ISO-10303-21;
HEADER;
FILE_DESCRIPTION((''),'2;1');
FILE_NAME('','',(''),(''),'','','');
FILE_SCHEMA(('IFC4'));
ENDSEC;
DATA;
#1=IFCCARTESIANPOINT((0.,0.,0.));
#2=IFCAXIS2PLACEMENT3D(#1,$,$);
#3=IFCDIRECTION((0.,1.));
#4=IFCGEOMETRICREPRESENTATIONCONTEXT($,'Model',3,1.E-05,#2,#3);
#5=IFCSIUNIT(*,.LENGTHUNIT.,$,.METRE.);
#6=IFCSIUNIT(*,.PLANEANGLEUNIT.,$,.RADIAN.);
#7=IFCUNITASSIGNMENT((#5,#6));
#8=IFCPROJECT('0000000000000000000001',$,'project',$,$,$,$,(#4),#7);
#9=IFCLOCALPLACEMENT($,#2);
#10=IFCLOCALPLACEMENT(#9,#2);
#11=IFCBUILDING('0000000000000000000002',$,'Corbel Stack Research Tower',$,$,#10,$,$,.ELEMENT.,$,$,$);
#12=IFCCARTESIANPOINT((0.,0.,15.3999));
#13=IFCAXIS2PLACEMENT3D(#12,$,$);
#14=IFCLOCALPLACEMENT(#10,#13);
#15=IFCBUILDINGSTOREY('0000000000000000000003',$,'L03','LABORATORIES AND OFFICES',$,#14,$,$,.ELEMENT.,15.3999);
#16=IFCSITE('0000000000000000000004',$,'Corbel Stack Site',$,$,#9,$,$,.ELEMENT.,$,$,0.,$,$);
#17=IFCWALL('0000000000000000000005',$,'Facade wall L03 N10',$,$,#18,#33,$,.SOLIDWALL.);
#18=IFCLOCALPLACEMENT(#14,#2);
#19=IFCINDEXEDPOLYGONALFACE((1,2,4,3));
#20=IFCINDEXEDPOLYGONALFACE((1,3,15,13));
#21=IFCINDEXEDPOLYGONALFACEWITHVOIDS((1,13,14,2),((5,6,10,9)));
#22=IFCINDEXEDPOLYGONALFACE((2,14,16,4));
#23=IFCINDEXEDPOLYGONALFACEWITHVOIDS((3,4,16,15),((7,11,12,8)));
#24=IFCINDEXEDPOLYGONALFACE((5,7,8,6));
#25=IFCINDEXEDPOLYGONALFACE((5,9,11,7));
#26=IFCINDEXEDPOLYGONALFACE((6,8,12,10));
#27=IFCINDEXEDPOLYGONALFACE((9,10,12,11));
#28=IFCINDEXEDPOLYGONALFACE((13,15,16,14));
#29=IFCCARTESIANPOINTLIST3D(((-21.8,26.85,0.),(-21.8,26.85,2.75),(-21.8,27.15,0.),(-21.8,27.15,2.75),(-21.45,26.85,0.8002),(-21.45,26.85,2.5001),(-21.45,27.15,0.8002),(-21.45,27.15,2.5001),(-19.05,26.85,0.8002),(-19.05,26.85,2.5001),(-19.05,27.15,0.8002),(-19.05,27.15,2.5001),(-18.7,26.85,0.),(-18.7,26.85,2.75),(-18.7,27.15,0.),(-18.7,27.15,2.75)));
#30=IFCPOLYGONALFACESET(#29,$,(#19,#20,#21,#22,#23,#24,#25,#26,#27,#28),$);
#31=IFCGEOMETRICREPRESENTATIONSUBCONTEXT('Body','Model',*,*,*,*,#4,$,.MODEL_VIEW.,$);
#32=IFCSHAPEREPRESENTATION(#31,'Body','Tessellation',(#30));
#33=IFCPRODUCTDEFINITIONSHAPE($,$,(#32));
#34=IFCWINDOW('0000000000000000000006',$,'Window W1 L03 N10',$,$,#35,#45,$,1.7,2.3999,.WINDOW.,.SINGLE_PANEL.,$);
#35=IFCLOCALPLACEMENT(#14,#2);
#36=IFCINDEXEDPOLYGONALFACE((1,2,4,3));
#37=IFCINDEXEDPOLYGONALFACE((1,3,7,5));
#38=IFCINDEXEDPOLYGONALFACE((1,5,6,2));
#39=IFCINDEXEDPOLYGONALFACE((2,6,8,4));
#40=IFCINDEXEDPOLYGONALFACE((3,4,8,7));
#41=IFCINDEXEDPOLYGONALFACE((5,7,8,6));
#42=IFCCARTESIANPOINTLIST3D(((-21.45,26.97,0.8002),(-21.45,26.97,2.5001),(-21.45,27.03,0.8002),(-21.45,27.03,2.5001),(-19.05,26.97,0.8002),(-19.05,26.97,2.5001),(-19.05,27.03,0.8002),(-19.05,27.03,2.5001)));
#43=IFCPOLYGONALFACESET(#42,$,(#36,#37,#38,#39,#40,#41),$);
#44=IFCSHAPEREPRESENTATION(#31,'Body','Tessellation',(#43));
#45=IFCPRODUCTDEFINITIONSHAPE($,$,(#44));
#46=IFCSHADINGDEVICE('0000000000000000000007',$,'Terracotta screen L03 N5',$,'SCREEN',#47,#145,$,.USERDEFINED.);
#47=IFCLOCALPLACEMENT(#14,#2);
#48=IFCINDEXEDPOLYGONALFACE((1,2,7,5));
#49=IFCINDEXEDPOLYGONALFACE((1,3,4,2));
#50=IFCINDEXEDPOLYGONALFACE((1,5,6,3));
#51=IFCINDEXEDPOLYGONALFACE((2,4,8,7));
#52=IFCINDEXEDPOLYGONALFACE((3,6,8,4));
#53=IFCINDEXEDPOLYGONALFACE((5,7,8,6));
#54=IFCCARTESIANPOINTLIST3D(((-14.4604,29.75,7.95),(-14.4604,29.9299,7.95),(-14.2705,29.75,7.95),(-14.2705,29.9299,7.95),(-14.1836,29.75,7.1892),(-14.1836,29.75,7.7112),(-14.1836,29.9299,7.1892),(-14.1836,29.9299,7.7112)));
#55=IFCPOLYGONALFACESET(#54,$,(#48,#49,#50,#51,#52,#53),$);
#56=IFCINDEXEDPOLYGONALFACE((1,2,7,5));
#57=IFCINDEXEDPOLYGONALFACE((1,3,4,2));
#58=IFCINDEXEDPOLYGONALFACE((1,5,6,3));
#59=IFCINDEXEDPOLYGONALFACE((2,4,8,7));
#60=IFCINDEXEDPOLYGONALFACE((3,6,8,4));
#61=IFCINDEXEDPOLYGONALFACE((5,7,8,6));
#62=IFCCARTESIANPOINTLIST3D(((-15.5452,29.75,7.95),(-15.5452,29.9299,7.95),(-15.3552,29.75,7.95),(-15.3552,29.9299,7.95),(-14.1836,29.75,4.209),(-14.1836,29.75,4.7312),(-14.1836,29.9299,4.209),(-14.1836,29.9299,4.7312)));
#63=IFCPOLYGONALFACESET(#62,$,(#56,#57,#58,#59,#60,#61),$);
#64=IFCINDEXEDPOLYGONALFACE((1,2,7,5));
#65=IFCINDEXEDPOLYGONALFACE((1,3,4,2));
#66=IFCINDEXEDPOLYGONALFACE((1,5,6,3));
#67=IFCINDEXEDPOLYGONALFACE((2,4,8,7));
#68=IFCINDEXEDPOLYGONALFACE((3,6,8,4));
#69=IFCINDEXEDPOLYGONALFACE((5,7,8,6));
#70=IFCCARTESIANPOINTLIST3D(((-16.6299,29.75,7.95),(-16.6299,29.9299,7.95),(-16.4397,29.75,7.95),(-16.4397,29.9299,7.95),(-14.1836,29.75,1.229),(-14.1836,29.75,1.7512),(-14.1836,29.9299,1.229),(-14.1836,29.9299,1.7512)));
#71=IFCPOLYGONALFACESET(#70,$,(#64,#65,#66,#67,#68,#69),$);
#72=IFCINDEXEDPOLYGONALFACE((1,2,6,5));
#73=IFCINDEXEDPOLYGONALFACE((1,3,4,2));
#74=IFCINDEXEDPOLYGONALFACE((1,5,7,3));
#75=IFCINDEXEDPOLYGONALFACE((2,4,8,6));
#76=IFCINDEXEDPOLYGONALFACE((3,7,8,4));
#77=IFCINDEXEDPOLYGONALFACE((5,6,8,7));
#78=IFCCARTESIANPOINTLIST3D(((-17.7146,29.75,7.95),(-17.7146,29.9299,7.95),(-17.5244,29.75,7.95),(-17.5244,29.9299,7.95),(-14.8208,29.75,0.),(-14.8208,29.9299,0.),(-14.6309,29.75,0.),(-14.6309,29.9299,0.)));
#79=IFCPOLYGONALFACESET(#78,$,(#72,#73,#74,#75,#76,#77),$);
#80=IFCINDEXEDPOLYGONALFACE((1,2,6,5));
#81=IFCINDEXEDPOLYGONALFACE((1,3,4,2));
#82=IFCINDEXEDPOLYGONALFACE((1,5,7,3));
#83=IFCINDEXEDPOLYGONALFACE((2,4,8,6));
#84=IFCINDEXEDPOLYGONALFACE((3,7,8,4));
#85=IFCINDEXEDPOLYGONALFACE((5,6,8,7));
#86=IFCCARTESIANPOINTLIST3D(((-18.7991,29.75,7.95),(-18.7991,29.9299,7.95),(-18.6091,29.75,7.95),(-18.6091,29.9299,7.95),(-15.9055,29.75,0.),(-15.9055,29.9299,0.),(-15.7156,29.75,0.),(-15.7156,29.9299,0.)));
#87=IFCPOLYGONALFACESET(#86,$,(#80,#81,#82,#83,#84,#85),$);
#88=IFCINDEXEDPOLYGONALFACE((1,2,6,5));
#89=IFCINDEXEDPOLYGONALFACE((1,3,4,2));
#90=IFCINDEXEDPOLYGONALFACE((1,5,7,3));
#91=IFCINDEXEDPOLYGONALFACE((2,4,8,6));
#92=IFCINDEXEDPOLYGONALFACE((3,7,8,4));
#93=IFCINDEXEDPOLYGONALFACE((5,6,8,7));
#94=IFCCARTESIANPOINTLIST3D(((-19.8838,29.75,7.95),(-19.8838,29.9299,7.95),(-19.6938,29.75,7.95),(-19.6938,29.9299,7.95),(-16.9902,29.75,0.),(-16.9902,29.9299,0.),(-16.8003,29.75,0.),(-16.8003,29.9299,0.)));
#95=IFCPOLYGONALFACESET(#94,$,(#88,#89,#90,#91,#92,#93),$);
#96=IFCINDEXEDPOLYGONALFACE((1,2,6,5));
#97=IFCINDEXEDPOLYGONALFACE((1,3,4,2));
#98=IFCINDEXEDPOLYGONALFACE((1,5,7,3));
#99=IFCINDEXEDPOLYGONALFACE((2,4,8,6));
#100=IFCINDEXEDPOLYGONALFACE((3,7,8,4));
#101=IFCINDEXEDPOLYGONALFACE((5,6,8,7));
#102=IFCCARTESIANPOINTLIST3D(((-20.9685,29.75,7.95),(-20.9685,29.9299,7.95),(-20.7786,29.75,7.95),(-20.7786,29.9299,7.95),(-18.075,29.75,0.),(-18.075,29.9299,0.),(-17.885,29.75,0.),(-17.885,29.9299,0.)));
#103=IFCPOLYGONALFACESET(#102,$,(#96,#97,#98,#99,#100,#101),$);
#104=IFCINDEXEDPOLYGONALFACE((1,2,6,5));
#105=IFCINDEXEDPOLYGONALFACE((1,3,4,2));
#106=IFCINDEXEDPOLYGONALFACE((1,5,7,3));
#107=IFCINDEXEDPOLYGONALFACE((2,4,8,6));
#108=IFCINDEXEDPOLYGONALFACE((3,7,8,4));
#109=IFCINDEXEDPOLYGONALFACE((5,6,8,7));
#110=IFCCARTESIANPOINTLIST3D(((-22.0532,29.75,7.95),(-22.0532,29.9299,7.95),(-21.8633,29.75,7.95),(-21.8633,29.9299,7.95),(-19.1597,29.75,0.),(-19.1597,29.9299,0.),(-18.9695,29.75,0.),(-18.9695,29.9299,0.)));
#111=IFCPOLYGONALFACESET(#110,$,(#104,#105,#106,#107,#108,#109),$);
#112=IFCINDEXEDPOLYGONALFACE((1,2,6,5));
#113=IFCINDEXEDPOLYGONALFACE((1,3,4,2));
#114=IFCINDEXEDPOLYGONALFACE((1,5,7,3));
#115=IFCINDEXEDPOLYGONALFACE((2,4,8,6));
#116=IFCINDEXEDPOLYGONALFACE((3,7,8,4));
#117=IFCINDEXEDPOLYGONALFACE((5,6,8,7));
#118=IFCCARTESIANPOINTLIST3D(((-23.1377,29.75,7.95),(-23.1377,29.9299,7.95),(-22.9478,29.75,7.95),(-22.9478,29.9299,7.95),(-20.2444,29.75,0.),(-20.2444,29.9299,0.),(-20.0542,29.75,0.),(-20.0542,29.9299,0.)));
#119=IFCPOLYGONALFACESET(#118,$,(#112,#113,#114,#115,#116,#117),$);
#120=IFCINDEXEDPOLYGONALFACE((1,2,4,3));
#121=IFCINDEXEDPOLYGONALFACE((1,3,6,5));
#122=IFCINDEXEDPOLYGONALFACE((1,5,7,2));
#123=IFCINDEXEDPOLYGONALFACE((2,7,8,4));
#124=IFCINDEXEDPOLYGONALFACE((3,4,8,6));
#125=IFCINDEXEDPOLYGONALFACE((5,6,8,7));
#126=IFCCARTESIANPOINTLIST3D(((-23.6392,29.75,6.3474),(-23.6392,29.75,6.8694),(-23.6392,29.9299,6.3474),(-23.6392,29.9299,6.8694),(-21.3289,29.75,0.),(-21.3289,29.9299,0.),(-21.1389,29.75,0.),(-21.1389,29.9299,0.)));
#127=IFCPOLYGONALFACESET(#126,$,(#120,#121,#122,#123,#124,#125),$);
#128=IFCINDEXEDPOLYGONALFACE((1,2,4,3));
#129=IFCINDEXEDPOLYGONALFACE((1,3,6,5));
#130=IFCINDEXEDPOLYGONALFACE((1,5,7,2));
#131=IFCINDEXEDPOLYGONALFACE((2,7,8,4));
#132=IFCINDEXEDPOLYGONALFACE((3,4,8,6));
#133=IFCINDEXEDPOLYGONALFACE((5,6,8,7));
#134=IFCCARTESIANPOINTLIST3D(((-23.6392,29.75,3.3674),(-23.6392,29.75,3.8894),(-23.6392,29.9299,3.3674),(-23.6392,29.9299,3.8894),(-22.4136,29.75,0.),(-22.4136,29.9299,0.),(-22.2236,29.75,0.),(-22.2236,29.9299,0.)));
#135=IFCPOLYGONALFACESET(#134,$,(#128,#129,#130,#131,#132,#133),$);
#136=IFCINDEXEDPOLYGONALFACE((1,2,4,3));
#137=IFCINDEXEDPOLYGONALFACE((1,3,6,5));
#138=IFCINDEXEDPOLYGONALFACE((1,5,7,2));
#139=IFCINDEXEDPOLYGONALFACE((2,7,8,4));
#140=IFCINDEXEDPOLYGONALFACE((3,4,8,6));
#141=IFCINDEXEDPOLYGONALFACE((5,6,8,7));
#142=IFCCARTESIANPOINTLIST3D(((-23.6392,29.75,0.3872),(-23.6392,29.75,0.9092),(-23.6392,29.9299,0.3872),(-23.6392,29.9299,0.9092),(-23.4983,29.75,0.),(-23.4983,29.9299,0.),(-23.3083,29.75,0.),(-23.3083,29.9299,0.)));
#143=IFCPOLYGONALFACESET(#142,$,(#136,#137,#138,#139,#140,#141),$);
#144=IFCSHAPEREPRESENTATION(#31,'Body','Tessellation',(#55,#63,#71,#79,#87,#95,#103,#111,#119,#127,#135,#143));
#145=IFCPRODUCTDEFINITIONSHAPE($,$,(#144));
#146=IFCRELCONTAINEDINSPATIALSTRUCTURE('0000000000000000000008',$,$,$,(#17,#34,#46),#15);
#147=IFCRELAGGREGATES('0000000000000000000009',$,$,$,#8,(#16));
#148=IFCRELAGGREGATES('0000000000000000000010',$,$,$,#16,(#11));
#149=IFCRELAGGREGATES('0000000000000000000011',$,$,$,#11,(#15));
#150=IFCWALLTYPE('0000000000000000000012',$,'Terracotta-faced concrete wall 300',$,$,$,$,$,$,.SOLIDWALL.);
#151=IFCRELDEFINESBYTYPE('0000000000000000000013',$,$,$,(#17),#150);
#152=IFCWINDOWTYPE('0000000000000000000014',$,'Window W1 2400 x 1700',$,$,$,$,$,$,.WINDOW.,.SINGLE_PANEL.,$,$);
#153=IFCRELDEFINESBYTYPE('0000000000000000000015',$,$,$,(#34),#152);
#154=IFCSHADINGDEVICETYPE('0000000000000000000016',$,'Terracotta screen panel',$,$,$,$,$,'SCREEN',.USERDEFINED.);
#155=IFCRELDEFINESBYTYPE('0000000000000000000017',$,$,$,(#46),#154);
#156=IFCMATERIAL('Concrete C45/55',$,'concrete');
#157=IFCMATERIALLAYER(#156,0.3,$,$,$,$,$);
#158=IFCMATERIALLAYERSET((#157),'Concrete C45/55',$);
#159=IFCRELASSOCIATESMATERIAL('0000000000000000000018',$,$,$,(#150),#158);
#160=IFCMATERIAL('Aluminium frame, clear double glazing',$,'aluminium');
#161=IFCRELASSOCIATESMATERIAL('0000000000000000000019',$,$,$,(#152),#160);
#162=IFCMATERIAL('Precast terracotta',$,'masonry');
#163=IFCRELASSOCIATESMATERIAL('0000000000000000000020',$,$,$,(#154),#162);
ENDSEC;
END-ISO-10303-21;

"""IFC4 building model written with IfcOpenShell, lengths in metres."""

from ifc_helpers import new_model, si_unit, direction, frame, frame_2d, origin, place, context, subcontext, project, spatial, polyline, rectangle, outline, extrude, source, transform, mapped, material, layer, layer_set, type_object, element, fill, save


model = new_model("IFC4")

# Units and contexts
model_context = context("Model", 3, precision=1e-05, world=origin(), true_north=direction((0.0, 1.0)))
body_context = subcontext(model_context, "Body", "Model", "MODEL_VIEW")
ifc_project = project(units=[si_unit("LENGTHUNIT", "METRE"), si_unit("PLANEANGLEUNIT", "RADIAN")], contexts=[model_context])

# Site, building, storey
site_placement = place(None, origin())
site = spatial("IfcSite", under=ifc_project, at=site_placement, Name="Corbel Stack Site", CompositionType="ELEMENT", RefElevation=0.0)
building_placement = place(site_placement, origin())
building = spatial("IfcBuilding", under=site, at=building_placement, Name="Corbel Stack Research Tower", CompositionType="ELEMENT")
storey_placement = place(building_placement, frame((0.0, 0.0, 15.3999)))
storey = spatial("IfcBuildingStorey", under=building, at=storey_placement, Name="L03", Description="LABORATORIES AND OFFICES", CompositionType="ELEMENT", Elevation=15.3999)

# Shared definitions
ifc_material_1 = material(Name="Concrete C45/55", Category="concrete")
ifc_layer_1 = layer(ifc_material_1, 0.3)
ifc_layer_set_1 = layer_set([ifc_layer_1], Name="Concrete C45/55")
wall_type_1 = type_object("IfcWallType", Name="Terracotta-faced concrete wall 300", PredefinedType="SOLIDWALL", material=ifc_layer_set_1)
ifc_material_2 = material(Name="Aluminium frame, clear double glazing", Category="aluminium")
window_type = type_object("IfcWindowType", Name="Window W1 2400 x 1700", PartitioningType="SINGLE_PANEL", PredefinedType="WINDOW", material=ifc_material_2)

# Wall, opening, window
wall_1_placement = place(storey_placement, frame((-21.8, 27.0, 0.0), z_axis=(0.0, 0.0, 1.0), x_axis=(1.0, 0.0, 0.0)))
wall_1 = element("IfcWall", 1, at=wall_1_placement, inside=storey, type_object=wall_type_1, Name="Facade wall L03 N10", PredefinedType="SOLIDWALL", context=body_context, shape_type="SweptSolid", body=[
    extrude(rectangle(XDim=3.1001, YDim=0.3, at=frame_2d((1.55, 0.0))), origin(), (0.0, 0.0, 1.0), 2.75),
])
opening_1_placement = place(wall_1_placement, frame((0.3501, 0.0, 0.8)))
opening_1 = element("IfcOpeningElement", 2, at=opening_1_placement, cuts=wall_1, PredefinedType="OPENING", context=body_context, shape_type="SweptSolid", body=[
    extrude(rectangle(XDim=2.3999, YDim=1.7, at=frame_2d((1.2, 0.8501))), frame((0.0, 0.1599, 0.0), z_axis=(0.0, -1.0, 0.0), x_axis=(1.0, 0.0, 0.0)), (0.0, 0.0, 1.0), 0.3201),
])
window_1_placement = place(opening_1_placement, origin())
window_1 = element("IfcWindow", 3, at=window_1_placement, inside=storey, type_object=window_type, Name="Window W1 L03 N10", OverallHeight=1.7, OverallWidth=2.3999, PartitioningType="SINGLE_PANEL", PredefinedType="WINDOW", context=body_context, shape_type="SweptSolid", body=[
    extrude(rectangle(XDim=2.3999, YDim=1.7, at=frame_2d((1.2, 0.8501))), frame((0.0, 0.03, 0.0), z_axis=(0.0, -1.0, 0.0), x_axis=(1.0, 0.0, 0.0)), (0.0, 0.0, 1.0), 0.0601),
])
fill(opening_1, window_1)

# Shading device
ifc_material_3 = material(Name="Precast terracotta", Category="masonry")
shading_device_type = type_object("IfcShadingDeviceType", Name="Terracotta screen panel", ElementType="SCREEN", PredefinedType="USERDEFINED", material=ifc_material_3)
shared_shape = source(origin(), body_context, "Body", "SweptSolid", [
    extrude(outline(polyline([(0.2769, 7.95), (0.0869, 7.95), (0.0, 7.7112), (0.0, 7.1892), (0.2769, 7.95)])), frame((0.0, 0.0, 0.0), z_axis=(0.0, -1.0, 0.0), x_axis=(1.0, 0.0, 0.0)), (0.0, 0.0, 1.0), 0.1799),
    extrude(outline(polyline([(1.3616, 7.95), (1.1716, 7.95), (0.0, 4.7312), (0.0, 4.209), (1.3616, 7.95)])), frame((0.0, 0.0, 0.0), z_axis=(0.0, -1.0, 0.0), x_axis=(1.0, 0.0, 0.0)), (0.0, 0.0, 1.0), 0.1799),
    extrude(outline(polyline([(2.4463, 7.95), (2.2561, 7.95), (0.0, 1.7512), (0.0, 1.229), (2.4463, 7.95)])), frame((0.0, 0.0, 0.0), z_axis=(0.0, -1.0, 0.0), x_axis=(1.0, 0.0, 0.0)), (0.0, 0.0, 1.0), 0.1799),
    extrude(outline(polyline([(0.6372, 0.0), (3.531, 7.95), (3.3408, 7.95), (0.4473, 0.0), (0.6372, 0.0)])), frame((0.0, 0.0, 0.0), z_axis=(0.0, -1.0, 0.0), x_axis=(1.0, 0.0, 0.0)), (0.0, 0.0, 1.0), 0.1799),
    extrude(outline(polyline([(1.7219, 0.0), (4.6155, 7.95), (4.4255, 7.95), (1.532, 0.0), (1.7219, 0.0)])), frame((0.0, 0.0, 0.0), z_axis=(0.0, -1.0, 0.0), x_axis=(1.0, 0.0, 0.0)), (0.0, 0.0, 1.0), 0.1799),
    extrude(outline(polyline([(2.8066, 0.0), (5.7002, 7.95), (5.5103, 7.95), (2.6167, 0.0), (2.8066, 0.0)])), frame((0.0, 0.0, 0.0), z_axis=(0.0, -1.0, 0.0), x_axis=(1.0, 0.0, 0.0)), (0.0, 0.0, 1.0), 0.1799),
    extrude(outline(polyline([(3.8914, 0.0), (6.7849, 7.95), (6.595, 7.95), (3.7014, 0.0), (3.8914, 0.0)])), frame((0.0, 0.0, 0.0), z_axis=(0.0, -1.0, 0.0), x_axis=(1.0, 0.0, 0.0)), (0.0, 0.0, 1.0), 0.1799),
    extrude(outline(polyline([(4.9761, 0.0), (7.8696, 7.95), (7.6797, 7.95), (4.7859, 0.0), (4.9761, 0.0)])), frame((0.0, 0.0, 0.0), z_axis=(0.0, -1.0, 0.0), x_axis=(1.0, 0.0, 0.0)), (0.0, 0.0, 1.0), 0.1799),
    extrude(outline(polyline([(6.0608, 0.0), (8.9541, 7.95), (8.7642, 7.95), (5.8706, 0.0), (6.0608, 0.0)])), frame((0.0, 0.0, 0.0), z_axis=(0.0, -1.0, 0.0), x_axis=(1.0, 0.0, 0.0)), (0.0, 0.0, 1.0), 0.1799),
    extrude(outline(polyline([(7.1453, 0.0), (9.4556, 6.3474), (9.4556, 6.8694), (6.9553, 0.0), (7.1453, 0.0)])), frame((0.0, 0.0, 0.0), z_axis=(0.0, -1.0, 0.0), x_axis=(1.0, 0.0, 0.0)), (0.0, 0.0, 1.0), 0.1799),
    extrude(outline(polyline([(8.23, 0.0), (9.4556, 3.3674), (9.4556, 3.8894), (8.04, 0.0), (8.23, 0.0)])), frame((0.0, 0.0, 0.0), z_axis=(0.0, -1.0, 0.0), x_axis=(1.0, 0.0, 0.0)), (0.0, 0.0, 1.0), 0.1799),
    extrude(outline(polyline([(9.3147, 0.0), (9.4556, 0.3872), (9.4556, 0.9092), (9.1248, 0.0), (9.3147, 0.0)])), frame((0.0, 0.0, 0.0), z_axis=(0.0, -1.0, 0.0), x_axis=(1.0, 0.0, 0.0)), (0.0, 0.0, 1.0), 0.1799),
])
shading_device_placement = place(storey_placement, frame((-14.1836, 29.75, 0.0), z_axis=(0.0, 0.0, 1.0), x_axis=(-1.0, 0.0, 0.0)))
element("IfcShadingDevice", 4, at=shading_device_placement, inside=storey, type_object=shading_device_type, Name="Terracotta screen L03 N5", ObjectType="SCREEN", PredefinedType="USERDEFINED", context=body_context, shape_type="MappedRepresentation", body=[
    mapped(shared_shape, transform((0.0, 0.0, 0.0))),
])

save(model, "model.ifc")
